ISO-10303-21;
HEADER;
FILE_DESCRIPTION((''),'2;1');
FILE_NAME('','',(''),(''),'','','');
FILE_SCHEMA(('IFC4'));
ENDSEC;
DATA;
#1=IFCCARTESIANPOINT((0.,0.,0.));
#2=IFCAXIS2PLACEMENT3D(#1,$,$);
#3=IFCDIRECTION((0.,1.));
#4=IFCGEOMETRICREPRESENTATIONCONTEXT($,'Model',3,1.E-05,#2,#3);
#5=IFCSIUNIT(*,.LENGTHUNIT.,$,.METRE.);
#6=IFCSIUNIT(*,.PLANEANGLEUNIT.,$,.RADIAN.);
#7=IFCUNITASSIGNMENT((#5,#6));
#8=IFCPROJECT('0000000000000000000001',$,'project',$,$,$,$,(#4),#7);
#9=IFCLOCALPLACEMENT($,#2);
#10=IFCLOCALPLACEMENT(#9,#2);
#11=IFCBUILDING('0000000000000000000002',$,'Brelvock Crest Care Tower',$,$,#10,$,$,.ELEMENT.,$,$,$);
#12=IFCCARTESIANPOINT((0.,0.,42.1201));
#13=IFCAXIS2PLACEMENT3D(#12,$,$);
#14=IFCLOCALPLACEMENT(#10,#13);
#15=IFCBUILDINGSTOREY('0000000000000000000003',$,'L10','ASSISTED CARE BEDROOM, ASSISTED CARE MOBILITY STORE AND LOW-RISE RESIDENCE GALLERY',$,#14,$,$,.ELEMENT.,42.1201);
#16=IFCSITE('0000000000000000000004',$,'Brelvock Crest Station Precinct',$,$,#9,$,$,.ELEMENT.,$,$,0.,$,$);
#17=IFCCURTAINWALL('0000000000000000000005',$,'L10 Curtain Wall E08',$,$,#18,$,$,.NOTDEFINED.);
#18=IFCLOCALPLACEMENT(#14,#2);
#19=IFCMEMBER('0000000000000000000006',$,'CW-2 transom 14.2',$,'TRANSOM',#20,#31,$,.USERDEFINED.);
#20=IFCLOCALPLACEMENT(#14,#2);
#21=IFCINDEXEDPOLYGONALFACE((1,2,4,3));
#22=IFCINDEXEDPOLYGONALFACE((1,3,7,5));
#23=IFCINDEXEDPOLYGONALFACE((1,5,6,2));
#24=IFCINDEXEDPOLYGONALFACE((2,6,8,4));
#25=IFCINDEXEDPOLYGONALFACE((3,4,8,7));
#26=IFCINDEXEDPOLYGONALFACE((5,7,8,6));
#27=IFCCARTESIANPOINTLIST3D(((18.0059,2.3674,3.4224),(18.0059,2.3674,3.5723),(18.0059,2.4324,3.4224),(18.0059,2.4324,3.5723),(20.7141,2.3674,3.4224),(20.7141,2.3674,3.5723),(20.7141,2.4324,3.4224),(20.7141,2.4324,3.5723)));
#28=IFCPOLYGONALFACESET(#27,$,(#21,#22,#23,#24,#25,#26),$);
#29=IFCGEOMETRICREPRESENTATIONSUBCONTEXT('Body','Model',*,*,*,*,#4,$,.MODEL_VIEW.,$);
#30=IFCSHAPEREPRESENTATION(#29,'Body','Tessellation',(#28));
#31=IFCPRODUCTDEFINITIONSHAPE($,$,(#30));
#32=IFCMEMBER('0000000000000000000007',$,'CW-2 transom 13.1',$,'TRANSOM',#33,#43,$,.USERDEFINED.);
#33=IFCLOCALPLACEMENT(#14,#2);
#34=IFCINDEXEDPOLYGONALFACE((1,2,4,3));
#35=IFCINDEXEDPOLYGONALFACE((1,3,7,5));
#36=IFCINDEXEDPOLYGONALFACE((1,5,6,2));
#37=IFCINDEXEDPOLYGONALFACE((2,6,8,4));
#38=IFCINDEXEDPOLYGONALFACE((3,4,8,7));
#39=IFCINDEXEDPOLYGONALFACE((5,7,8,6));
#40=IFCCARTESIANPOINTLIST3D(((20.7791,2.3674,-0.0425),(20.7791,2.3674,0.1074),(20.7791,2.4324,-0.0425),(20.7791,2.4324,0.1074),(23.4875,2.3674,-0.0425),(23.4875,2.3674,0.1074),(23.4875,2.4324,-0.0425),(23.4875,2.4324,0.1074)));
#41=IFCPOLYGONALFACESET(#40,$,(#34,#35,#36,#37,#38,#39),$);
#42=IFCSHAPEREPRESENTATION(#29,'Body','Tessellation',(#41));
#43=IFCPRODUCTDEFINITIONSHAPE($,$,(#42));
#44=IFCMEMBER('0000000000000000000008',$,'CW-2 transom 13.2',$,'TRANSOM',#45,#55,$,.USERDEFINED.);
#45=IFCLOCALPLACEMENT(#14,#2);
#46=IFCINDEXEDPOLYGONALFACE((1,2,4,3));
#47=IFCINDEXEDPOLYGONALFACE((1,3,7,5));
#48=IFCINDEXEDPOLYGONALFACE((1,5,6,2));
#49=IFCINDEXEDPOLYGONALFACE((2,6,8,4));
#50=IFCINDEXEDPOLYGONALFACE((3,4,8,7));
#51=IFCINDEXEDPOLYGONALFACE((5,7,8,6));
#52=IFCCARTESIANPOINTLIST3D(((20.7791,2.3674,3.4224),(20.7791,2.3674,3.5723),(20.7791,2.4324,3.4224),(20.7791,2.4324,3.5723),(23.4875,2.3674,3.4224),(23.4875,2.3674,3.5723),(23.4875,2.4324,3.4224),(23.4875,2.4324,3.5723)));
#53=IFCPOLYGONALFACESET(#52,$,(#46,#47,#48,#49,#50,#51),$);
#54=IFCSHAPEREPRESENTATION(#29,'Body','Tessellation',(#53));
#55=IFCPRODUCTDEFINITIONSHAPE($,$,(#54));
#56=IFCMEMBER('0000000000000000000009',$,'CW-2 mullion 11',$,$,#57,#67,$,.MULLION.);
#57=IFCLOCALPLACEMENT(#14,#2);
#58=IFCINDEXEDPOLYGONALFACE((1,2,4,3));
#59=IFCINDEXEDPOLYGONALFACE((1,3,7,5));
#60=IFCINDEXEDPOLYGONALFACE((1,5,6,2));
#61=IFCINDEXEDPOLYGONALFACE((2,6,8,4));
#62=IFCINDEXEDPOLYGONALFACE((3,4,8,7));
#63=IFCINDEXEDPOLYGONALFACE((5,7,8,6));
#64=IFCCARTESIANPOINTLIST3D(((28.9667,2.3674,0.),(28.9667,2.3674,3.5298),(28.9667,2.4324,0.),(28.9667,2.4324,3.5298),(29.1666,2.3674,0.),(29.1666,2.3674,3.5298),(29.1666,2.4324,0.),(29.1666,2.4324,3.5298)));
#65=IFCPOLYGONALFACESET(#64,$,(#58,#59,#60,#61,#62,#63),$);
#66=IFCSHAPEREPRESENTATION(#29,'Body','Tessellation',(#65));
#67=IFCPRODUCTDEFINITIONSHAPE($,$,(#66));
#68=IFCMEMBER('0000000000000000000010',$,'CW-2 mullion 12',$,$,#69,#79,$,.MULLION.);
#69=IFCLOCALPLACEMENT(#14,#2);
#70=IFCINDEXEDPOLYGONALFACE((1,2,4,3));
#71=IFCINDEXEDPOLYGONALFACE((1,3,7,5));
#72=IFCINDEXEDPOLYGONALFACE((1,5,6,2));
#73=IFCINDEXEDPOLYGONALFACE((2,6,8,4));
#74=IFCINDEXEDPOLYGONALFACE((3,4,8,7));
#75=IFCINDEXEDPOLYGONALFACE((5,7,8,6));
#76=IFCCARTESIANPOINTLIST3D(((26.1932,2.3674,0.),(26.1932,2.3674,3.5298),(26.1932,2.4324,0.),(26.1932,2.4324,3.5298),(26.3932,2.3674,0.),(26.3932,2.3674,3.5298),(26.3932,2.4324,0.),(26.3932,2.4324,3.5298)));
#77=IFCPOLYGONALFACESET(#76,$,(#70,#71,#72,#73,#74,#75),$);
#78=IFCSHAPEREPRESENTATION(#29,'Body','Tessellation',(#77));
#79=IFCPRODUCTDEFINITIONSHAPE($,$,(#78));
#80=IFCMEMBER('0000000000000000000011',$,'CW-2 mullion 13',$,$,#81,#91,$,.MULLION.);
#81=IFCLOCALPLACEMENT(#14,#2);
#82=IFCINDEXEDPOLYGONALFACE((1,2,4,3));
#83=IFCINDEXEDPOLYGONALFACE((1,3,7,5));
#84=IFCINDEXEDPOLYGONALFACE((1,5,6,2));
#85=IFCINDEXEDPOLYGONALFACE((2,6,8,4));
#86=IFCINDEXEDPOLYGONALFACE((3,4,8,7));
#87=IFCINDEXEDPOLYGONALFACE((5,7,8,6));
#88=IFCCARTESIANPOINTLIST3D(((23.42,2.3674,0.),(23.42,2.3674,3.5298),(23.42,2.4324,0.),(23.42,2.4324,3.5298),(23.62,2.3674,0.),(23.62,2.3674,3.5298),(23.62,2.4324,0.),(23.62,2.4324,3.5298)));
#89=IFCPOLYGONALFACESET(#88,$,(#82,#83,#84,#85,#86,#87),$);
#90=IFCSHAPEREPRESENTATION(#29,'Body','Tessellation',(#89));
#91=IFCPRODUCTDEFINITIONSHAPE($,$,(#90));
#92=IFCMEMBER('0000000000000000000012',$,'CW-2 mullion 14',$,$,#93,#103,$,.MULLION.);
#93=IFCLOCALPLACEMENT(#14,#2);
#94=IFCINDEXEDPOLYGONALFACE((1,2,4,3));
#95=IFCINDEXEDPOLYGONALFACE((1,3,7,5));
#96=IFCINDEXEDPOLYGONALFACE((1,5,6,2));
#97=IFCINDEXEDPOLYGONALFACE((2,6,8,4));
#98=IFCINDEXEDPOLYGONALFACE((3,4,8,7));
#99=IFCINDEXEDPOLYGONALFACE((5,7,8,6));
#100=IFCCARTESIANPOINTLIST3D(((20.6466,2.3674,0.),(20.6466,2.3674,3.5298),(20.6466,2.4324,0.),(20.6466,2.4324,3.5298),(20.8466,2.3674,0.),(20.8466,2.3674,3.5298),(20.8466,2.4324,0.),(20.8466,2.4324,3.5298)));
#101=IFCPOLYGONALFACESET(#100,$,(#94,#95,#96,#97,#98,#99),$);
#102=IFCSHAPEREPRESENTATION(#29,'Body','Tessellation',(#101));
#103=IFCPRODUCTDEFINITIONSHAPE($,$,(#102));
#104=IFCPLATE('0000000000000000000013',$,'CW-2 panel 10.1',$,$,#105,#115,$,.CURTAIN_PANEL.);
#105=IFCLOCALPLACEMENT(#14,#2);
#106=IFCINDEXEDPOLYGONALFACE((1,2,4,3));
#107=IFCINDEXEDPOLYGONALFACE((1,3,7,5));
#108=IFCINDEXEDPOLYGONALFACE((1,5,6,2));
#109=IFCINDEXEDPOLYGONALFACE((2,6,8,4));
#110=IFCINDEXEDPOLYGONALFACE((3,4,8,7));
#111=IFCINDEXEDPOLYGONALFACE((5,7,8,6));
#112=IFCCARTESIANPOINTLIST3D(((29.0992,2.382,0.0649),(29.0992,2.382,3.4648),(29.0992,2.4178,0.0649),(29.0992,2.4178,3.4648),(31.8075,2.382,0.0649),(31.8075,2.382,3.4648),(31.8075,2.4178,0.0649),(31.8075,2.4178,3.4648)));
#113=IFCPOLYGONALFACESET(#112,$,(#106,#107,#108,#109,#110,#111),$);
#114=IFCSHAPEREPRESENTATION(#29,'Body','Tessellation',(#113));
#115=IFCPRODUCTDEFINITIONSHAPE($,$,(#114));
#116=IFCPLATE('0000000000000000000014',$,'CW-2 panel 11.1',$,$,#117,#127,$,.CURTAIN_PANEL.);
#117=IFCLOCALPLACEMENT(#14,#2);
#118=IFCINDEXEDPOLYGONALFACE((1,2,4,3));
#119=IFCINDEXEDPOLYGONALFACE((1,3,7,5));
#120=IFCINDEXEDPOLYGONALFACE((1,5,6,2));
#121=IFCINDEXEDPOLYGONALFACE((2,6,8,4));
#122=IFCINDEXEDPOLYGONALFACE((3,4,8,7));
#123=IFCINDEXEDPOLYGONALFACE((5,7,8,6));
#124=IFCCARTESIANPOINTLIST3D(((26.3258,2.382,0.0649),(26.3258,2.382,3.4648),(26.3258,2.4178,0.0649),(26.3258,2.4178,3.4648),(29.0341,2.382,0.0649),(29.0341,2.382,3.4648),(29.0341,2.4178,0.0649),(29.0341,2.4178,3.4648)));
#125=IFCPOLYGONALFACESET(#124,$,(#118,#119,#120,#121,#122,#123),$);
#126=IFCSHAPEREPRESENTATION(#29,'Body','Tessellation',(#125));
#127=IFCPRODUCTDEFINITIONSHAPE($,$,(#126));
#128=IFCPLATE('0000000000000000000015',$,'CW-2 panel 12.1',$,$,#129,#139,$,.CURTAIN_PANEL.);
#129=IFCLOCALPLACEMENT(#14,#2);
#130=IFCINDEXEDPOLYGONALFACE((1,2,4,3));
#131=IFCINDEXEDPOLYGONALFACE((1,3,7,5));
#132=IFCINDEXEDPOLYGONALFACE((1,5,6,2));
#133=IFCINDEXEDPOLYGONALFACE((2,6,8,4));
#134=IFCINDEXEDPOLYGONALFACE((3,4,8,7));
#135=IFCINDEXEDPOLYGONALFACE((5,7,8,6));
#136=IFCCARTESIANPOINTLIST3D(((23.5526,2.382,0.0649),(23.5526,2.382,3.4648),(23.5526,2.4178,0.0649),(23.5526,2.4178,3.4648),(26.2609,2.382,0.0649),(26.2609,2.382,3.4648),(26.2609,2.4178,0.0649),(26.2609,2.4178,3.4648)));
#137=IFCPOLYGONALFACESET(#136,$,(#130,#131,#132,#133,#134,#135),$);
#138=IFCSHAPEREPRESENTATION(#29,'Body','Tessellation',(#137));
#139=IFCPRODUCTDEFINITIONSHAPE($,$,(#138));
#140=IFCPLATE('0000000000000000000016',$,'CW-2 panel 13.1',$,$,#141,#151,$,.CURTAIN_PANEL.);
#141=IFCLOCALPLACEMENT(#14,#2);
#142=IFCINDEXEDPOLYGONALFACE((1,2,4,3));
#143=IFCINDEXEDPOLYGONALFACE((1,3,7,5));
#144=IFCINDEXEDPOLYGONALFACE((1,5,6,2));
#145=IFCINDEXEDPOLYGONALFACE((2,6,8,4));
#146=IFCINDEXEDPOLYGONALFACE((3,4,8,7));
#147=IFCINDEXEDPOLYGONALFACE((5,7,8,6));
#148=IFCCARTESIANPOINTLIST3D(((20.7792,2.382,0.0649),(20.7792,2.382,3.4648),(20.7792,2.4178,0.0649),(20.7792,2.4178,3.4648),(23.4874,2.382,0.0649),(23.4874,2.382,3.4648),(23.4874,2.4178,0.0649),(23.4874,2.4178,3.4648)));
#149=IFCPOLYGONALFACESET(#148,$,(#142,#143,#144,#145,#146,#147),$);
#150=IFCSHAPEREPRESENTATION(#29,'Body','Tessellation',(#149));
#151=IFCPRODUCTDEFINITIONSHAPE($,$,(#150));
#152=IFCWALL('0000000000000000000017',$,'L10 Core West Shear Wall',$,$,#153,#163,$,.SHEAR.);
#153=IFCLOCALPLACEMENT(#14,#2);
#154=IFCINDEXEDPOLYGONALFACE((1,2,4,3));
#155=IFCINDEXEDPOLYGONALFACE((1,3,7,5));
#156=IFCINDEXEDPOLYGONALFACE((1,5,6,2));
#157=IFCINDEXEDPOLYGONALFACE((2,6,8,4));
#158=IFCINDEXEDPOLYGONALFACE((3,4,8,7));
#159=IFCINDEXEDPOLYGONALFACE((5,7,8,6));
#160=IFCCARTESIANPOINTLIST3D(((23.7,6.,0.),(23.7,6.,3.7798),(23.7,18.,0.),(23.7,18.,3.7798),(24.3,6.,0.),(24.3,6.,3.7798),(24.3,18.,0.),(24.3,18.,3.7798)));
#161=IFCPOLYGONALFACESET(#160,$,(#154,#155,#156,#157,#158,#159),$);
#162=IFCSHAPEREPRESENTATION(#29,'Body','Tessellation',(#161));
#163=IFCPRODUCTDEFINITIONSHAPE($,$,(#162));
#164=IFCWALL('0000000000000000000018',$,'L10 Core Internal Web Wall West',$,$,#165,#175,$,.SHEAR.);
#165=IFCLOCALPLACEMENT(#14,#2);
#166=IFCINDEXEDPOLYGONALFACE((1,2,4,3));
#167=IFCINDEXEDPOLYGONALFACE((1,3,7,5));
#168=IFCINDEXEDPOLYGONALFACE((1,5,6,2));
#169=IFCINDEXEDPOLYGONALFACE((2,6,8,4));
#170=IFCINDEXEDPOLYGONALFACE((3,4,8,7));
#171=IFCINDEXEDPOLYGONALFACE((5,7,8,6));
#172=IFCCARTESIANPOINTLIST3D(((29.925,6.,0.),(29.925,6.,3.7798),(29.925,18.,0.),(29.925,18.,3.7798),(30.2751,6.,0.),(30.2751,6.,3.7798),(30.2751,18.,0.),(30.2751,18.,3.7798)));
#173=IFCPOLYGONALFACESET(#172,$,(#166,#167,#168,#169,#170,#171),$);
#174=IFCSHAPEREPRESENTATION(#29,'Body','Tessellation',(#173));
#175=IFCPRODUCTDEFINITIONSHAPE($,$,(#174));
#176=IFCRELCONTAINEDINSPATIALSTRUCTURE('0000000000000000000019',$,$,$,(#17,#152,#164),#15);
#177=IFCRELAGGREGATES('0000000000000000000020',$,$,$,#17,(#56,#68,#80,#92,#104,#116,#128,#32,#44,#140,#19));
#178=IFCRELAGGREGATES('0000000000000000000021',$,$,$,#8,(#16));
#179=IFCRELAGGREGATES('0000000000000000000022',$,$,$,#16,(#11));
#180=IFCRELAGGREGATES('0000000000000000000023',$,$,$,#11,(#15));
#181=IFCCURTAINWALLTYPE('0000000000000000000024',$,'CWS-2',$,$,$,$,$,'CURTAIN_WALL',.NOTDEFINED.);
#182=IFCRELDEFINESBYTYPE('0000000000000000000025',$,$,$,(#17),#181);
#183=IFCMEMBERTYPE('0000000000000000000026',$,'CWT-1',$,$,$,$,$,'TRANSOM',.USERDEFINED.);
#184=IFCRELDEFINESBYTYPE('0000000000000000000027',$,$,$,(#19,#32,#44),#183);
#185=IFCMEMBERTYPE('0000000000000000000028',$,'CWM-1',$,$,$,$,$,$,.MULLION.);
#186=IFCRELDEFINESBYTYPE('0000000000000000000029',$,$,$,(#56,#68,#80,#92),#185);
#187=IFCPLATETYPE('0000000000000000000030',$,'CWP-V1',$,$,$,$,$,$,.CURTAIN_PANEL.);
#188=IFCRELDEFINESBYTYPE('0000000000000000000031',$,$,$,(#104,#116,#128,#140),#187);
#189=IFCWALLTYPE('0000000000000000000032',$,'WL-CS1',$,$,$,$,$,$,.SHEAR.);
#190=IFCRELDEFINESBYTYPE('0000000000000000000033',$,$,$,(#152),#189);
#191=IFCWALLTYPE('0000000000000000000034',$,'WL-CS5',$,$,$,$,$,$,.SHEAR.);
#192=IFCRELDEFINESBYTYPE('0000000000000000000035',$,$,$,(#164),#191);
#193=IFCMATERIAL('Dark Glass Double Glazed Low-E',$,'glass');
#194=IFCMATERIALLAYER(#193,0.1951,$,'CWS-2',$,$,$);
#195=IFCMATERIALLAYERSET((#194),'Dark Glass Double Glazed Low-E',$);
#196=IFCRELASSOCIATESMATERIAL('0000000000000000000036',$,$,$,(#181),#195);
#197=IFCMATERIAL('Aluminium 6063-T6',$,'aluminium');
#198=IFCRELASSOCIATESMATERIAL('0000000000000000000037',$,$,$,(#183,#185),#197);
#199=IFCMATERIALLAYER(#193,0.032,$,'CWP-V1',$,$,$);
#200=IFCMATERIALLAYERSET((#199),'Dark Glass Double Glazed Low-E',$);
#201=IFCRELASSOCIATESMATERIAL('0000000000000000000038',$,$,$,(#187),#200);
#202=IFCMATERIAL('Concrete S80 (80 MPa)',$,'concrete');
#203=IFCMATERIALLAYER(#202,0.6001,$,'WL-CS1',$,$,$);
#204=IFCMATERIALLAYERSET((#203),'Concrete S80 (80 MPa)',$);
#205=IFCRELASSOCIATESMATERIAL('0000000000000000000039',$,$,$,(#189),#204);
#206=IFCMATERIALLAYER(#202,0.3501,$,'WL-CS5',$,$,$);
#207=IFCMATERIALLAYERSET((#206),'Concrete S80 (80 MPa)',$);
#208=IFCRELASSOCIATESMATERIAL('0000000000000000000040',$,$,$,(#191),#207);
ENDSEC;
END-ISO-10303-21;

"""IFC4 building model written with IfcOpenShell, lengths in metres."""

from ifc_helpers import new_model, si_unit, direction, frame, frame_2d, origin, origin_2d, place, context, subcontext, project, spatial, rectangle, extrude, source, transform, mapped, material, layer, layer_set, material_profile, profile_set, type_object, element, aggregate, save


model = new_model("IFC4")

# Units and contexts
model_context = context("Model", 3, precision=1e-05, world=origin(), true_north=direction((0.0, 1.0)))
body_context = subcontext(model_context, "Body", "Model", "MODEL_VIEW")
ifc_project = project(units=[si_unit("LENGTHUNIT", "METRE"), si_unit("PLANEANGLEUNIT", "RADIAN")], contexts=[model_context])

# Site, building, storey
site_placement = place(None, origin())
site = spatial("IfcSite", under=ifc_project, at=site_placement, Name="Brelvock Crest Station Precinct", CompositionType="ELEMENT", RefElevation=0.0)
building_placement = place(site_placement, origin())
building = spatial("IfcBuilding", under=site, at=building_placement, Name="Brelvock Crest Care Tower", CompositionType="ELEMENT")
storey_placement = place(building_placement, frame((0.0, 0.0, 42.1201)))
storey = spatial("IfcBuildingStorey", under=building, at=storey_placement, Name="L10", Description="ASSISTED CARE BEDROOM, ASSISTED CARE MOBILITY STORE AND LOW-RISE RESIDENCE GALLERY", CompositionType="ELEMENT", Elevation=42.1201)

# Shared definitions
ifc_material_1 = material(Name="Concrete S80 (80 MPa)", Category="concrete")

# Curtain wall, members, plates
ifc_material_2 = material(Name="Dark Glass Double Glazed Low-E", Category="glass")
ifc_layer_1 = layer(ifc_material_2, 0.1951, Name="CWS-2")
ifc_layer_set_1 = layer_set([ifc_layer_1], Name="Dark Glass Double Glazed Low-E")
curtain_wall_type = type_object("IfcCurtainWallType", Name="CWS-2", ElementType="CURTAIN_WALL", PredefinedType="NOTDEFINED", material=ifc_layer_set_1)
curtain_wall_placement = place(storey_placement, origin())
curtain_wall = element("IfcCurtainWall", 1, at=curtain_wall_placement, inside=storey, type_object=curtain_wall_type, Name="L10 Curtain Wall E08", PredefinedType="NOTDEFINED")
ifc_material_3 = material(Name="Aluminium 6063-T6", Category="aluminium")
ifc_material_profile_1 = material_profile(ifc_material_3, rectangle(XDim=0.0649, YDim=0.1499, at=origin_2d()), Name="ALU65x150")
ifc_profile_set_1 = profile_set([ifc_material_profile_1], Name="Aluminium 6063-T6")
member_type_1 = type_object("IfcMemberType", Name="CWT-1", ElementType="TRANSOM", PredefinedType="USERDEFINED", material=ifc_profile_set_1)
shared_shape_1 = source(origin(), body_context, "Body", "SweptSolid", [
    extrude(rectangle(XDim=0.0649, YDim=0.1499, at=origin_2d()), origin(), (0.0, 0.0, 1.0), 2.7083),
])
member_1_placement = place(storey_placement, frame((20.7141, 2.3999, 3.4973), z_axis=(-1.0, 0.0, 0.0), x_axis=(0.0, -1.0, 0.0)))
member_1 = element("IfcMember", 2, at=member_1_placement, type_object=member_type_1, Name="CW-2 transom 14.2", ObjectType="TRANSOM", PredefinedType="USERDEFINED", context=body_context, shape_type="MappedRepresentation", body=[
    mapped(shared_shape_1, transform((0.0, 0.0, 0.0), x_axis=(1.0, 0.0, 0.0), y_axis=(0.0, 1.0, 0.0), z_axis=(0.0, 0.0, 1.0), scale=1.0)),
])
shared_shape_2 = source(origin(), body_context, "Body", "SweptSolid", [
    extrude(rectangle(XDim=0.0649, YDim=0.1499, at=origin_2d()), origin(), (0.0, 0.0, 1.0), 2.7085),
])
member_2_placement = place(storey_placement, frame((23.4875, 2.3999, 0.0325), z_axis=(-1.0, 0.0, 0.0), x_axis=(0.0, -1.0, 0.0)))
member_2 = element("IfcMember", 3, at=member_2_placement, type_object=member_type_1, Name="CW-2 transom 13.1", ObjectType="TRANSOM", PredefinedType="USERDEFINED", context=body_context, shape_type="MappedRepresentation", body=[
    mapped(shared_shape_2, transform((0.0, 0.0, 0.0), x_axis=(1.0, 0.0, 0.0), y_axis=(0.0, 1.0, 0.0), z_axis=(0.0, 0.0, 1.0), scale=1.0)),
])
member_3_placement = place(storey_placement, frame((23.4875, 2.3999, 3.4973), z_axis=(-1.0, 0.0, 0.0), x_axis=(0.0, -1.0, 0.0)))
member_3 = element("IfcMember", 4, at=member_3_placement, type_object=member_type_1, Name="CW-2 transom 13.2", ObjectType="TRANSOM", PredefinedType="USERDEFINED", context=body_context, shape_type="MappedRepresentation", body=[
    mapped(shared_shape_2, transform((0.0, 0.0, 0.0), x_axis=(1.0, 0.0, 0.0), y_axis=(0.0, 1.0, 0.0), z_axis=(0.0, 0.0, 1.0), scale=1.0)),
])
ifc_material_profile_2 = material_profile(ifc_material_3, rectangle(XDim=0.0649, YDim=0.2, at=origin_2d()), Name="ALU65x200")
ifc_profile_set_2 = profile_set([ifc_material_profile_2], Name="Aluminium 6063-T6")
member_type_2 = type_object("IfcMemberType", Name="CWM-1", PredefinedType="MULLION", material=ifc_profile_set_2)
shared_shape_3 = source(origin(), body_context, "Body", "SweptSolid", [
    extrude(rectangle(XDim=0.0649, YDim=0.2, at=origin_2d()), origin(), (0.0, 0.0, 1.0), 3.5298),
])
member_4_placement = place(storey_placement, frame((29.0667, 2.3999, 0.0), z_axis=(0.0, 0.0, 1.0), x_axis=(0.0, -1.0, 0.0)))
member_4 = element("IfcMember", 5, at=member_4_placement, type_object=member_type_2, Name="CW-2 mullion 11", PredefinedType="MULLION", context=body_context, shape_type="MappedRepresentation", body=[
    mapped(shared_shape_3, transform((0.0, 0.0, 0.0), x_axis=(1.0, 0.0, 0.0), y_axis=(0.0, 1.0, 0.0), z_axis=(0.0, 0.0, 1.0), scale=1.0)),
])
member_5_placement = place(storey_placement, frame((26.2932, 2.3999, 0.0), z_axis=(0.0, 0.0, 1.0), x_axis=(0.0, -1.0, 0.0)))
member_5 = element("IfcMember", 6, at=member_5_placement, type_object=member_type_2, Name="CW-2 mullion 12", PredefinedType="MULLION", context=body_context, shape_type="MappedRepresentation", body=[
    mapped(shared_shape_3, transform((0.0, 0.0, 0.0), x_axis=(1.0, 0.0, 0.0), y_axis=(0.0, 1.0, 0.0), z_axis=(0.0, 0.0, 1.0), scale=1.0)),
])
member_6_placement = place(storey_placement, frame((23.52, 2.3999, 0.0), z_axis=(0.0, 0.0, 1.0), x_axis=(0.0, -1.0, 0.0)))
member_6 = element("IfcMember", 7, at=member_6_placement, type_object=member_type_2, Name="CW-2 mullion 13", PredefinedType="MULLION", context=body_context, shape_type="MappedRepresentation", body=[
    mapped(shared_shape_3, transform((0.0, 0.0, 0.0), x_axis=(1.0, 0.0, 0.0), y_axis=(0.0, 1.0, 0.0), z_axis=(0.0, 0.0, 1.0), scale=1.0)),
])
member_7_placement = place(storey_placement, frame((20.7466, 2.3999, 0.0), z_axis=(0.0, 0.0, 1.0), x_axis=(0.0, -1.0, 0.0)))
member_7 = element("IfcMember", 8, at=member_7_placement, type_object=member_type_2, Name="CW-2 mullion 14", PredefinedType="MULLION", context=body_context, shape_type="MappedRepresentation", body=[
    mapped(shared_shape_3, transform((0.0, 0.0, 0.0), x_axis=(1.0, 0.0, 0.0), y_axis=(0.0, 1.0, 0.0), z_axis=(0.0, 0.0, 1.0), scale=1.0)),
])
ifc_layer_2 = layer(ifc_material_2, 0.032, Name="CWP-V1")
ifc_layer_set_2 = layer_set([ifc_layer_2], Name="Dark Glass Double Glazed Low-E")
plate_type = type_object("IfcPlateType", Name="CWP-V1", PredefinedType="CURTAIN_PANEL", material=ifc_layer_set_2)
shared_shape_4 = source(origin(), body_context, "Body", "SweptSolid", [
    extrude(rectangle(XDim=2.7083, YDim=0.0359, at=origin_2d()), origin(), (0.0, 0.0, 1.0), 3.3999),
])
plate_1_placement = place(storey_placement, frame((30.4534, 2.3999, 0.0649), z_axis=(0.0, 0.0, 1.0), x_axis=(-1.0, 0.0, 0.0)))
plate_1 = element("IfcPlate", 9, at=plate_1_placement, type_object=plate_type, Name="CW-2 panel 10.1", PredefinedType="CURTAIN_PANEL", context=body_context, shape_type="MappedRepresentation", body=[
    mapped(shared_shape_4, transform((0.0, 0.0, 0.0), x_axis=(1.0, 0.0, 0.0), y_axis=(0.0, 1.0, 0.0), z_axis=(0.0, 0.0, 1.0), scale=1.0)),
])
plate_2_placement = place(storey_placement, frame((27.6799, 2.3999, 0.0649), z_axis=(0.0, 0.0, 1.0), x_axis=(-1.0, 0.0, 0.0)))
plate_2 = element("IfcPlate", 10, at=plate_2_placement, type_object=plate_type, Name="CW-2 panel 11.1", PredefinedType="CURTAIN_PANEL", context=body_context, shape_type="MappedRepresentation", body=[
    mapped(shared_shape_4, transform((0.0, 0.0, 0.0), x_axis=(1.0, 0.0, 0.0), y_axis=(0.0, 1.0, 0.0), z_axis=(0.0, 0.0, 1.0), scale=1.0)),
])
plate_3_placement = place(storey_placement, frame((24.9067, 2.3999, 0.0649), z_axis=(0.0, 0.0, 1.0), x_axis=(-1.0, 0.0, 0.0)))
plate_3 = element("IfcPlate", 11, at=plate_3_placement, type_object=plate_type, Name="CW-2 panel 12.1", PredefinedType="CURTAIN_PANEL", context=body_context, shape_type="MappedRepresentation", body=[
    mapped(shared_shape_4, transform((0.0, 0.0, 0.0), x_axis=(1.0, 0.0, 0.0), y_axis=(0.0, 1.0, 0.0), z_axis=(0.0, 0.0, 1.0), scale=1.0)),
])
plate_4_placement = place(storey_placement, frame((22.1333, 2.3999, 0.0649), z_axis=(0.0, 0.0, 1.0), x_axis=(-1.0, 0.0, 0.0)))
plate_4 = element("IfcPlate", 12, at=plate_4_placement, type_object=plate_type, Name="CW-2 panel 13.1", PredefinedType="CURTAIN_PANEL", context=body_context, shape_type="MappedRepresentation", body=[
    mapped(shared_shape_4, transform((0.0, 0.0, 0.0), x_axis=(1.0, 0.0, 0.0), y_axis=(0.0, 1.0, 0.0), z_axis=(0.0, 0.0, 1.0), scale=1.0)),
])
aggregate(curtain_wall, [member_4, member_5, member_6, member_7, plate_1, plate_2, plate_3, member_2, member_3, plate_4, member_1])

# Walls
ifc_layer_3 = layer(ifc_material_1, 0.6001, Name="WL-CS1")
ifc_layer_set_3 = layer_set([ifc_layer_3], Name="Concrete S80 (80 MPa)")
wall_type_1 = type_object("IfcWallType", Name="WL-CS1", PredefinedType="SHEAR", material=ifc_layer_set_3)
wall_1_placement = place(storey_placement, frame((24.0, 6.0, 0.0), z_axis=(0.0, 0.0, 1.0), x_axis=(0.0, 1.0, 0.0)))
element("IfcWall", 13, at=wall_1_placement, inside=storey, type_object=wall_type_1, Name="L10 Core West Shear Wall", PredefinedType="SHEAR", context=body_context, shape_type="SweptSolid", body=[
    extrude(rectangle(XDim=12.0, YDim=0.6001, at=frame_2d((6.0, 0.0))), origin(), (0.0, 0.0, 1.0), 3.7798),
])
ifc_layer_4 = layer(ifc_material_1, 0.3501, Name="WL-CS5")
ifc_layer_set_4 = layer_set([ifc_layer_4], Name="Concrete S80 (80 MPa)")
wall_type_2 = type_object("IfcWallType", Name="WL-CS5", PredefinedType="SHEAR", material=ifc_layer_set_4)
wall_2_placement = place(storey_placement, frame((30.1001, 6.0, 0.0), z_axis=(0.0, 0.0, 1.0), x_axis=(0.0, 1.0, 0.0)))
element("IfcWall", 14, at=wall_2_placement, inside=storey, type_object=wall_type_2, Name="L10 Core Internal Web Wall West", PredefinedType="SHEAR", context=body_context, shape_type="SweptSolid", body=[
    extrude(rectangle(XDim=12.0, YDim=0.3501, at=frame_2d((6.0, 0.0))), origin(), (0.0, 0.0, 1.0), 3.7798),
])

save(model, "model.ifc")
